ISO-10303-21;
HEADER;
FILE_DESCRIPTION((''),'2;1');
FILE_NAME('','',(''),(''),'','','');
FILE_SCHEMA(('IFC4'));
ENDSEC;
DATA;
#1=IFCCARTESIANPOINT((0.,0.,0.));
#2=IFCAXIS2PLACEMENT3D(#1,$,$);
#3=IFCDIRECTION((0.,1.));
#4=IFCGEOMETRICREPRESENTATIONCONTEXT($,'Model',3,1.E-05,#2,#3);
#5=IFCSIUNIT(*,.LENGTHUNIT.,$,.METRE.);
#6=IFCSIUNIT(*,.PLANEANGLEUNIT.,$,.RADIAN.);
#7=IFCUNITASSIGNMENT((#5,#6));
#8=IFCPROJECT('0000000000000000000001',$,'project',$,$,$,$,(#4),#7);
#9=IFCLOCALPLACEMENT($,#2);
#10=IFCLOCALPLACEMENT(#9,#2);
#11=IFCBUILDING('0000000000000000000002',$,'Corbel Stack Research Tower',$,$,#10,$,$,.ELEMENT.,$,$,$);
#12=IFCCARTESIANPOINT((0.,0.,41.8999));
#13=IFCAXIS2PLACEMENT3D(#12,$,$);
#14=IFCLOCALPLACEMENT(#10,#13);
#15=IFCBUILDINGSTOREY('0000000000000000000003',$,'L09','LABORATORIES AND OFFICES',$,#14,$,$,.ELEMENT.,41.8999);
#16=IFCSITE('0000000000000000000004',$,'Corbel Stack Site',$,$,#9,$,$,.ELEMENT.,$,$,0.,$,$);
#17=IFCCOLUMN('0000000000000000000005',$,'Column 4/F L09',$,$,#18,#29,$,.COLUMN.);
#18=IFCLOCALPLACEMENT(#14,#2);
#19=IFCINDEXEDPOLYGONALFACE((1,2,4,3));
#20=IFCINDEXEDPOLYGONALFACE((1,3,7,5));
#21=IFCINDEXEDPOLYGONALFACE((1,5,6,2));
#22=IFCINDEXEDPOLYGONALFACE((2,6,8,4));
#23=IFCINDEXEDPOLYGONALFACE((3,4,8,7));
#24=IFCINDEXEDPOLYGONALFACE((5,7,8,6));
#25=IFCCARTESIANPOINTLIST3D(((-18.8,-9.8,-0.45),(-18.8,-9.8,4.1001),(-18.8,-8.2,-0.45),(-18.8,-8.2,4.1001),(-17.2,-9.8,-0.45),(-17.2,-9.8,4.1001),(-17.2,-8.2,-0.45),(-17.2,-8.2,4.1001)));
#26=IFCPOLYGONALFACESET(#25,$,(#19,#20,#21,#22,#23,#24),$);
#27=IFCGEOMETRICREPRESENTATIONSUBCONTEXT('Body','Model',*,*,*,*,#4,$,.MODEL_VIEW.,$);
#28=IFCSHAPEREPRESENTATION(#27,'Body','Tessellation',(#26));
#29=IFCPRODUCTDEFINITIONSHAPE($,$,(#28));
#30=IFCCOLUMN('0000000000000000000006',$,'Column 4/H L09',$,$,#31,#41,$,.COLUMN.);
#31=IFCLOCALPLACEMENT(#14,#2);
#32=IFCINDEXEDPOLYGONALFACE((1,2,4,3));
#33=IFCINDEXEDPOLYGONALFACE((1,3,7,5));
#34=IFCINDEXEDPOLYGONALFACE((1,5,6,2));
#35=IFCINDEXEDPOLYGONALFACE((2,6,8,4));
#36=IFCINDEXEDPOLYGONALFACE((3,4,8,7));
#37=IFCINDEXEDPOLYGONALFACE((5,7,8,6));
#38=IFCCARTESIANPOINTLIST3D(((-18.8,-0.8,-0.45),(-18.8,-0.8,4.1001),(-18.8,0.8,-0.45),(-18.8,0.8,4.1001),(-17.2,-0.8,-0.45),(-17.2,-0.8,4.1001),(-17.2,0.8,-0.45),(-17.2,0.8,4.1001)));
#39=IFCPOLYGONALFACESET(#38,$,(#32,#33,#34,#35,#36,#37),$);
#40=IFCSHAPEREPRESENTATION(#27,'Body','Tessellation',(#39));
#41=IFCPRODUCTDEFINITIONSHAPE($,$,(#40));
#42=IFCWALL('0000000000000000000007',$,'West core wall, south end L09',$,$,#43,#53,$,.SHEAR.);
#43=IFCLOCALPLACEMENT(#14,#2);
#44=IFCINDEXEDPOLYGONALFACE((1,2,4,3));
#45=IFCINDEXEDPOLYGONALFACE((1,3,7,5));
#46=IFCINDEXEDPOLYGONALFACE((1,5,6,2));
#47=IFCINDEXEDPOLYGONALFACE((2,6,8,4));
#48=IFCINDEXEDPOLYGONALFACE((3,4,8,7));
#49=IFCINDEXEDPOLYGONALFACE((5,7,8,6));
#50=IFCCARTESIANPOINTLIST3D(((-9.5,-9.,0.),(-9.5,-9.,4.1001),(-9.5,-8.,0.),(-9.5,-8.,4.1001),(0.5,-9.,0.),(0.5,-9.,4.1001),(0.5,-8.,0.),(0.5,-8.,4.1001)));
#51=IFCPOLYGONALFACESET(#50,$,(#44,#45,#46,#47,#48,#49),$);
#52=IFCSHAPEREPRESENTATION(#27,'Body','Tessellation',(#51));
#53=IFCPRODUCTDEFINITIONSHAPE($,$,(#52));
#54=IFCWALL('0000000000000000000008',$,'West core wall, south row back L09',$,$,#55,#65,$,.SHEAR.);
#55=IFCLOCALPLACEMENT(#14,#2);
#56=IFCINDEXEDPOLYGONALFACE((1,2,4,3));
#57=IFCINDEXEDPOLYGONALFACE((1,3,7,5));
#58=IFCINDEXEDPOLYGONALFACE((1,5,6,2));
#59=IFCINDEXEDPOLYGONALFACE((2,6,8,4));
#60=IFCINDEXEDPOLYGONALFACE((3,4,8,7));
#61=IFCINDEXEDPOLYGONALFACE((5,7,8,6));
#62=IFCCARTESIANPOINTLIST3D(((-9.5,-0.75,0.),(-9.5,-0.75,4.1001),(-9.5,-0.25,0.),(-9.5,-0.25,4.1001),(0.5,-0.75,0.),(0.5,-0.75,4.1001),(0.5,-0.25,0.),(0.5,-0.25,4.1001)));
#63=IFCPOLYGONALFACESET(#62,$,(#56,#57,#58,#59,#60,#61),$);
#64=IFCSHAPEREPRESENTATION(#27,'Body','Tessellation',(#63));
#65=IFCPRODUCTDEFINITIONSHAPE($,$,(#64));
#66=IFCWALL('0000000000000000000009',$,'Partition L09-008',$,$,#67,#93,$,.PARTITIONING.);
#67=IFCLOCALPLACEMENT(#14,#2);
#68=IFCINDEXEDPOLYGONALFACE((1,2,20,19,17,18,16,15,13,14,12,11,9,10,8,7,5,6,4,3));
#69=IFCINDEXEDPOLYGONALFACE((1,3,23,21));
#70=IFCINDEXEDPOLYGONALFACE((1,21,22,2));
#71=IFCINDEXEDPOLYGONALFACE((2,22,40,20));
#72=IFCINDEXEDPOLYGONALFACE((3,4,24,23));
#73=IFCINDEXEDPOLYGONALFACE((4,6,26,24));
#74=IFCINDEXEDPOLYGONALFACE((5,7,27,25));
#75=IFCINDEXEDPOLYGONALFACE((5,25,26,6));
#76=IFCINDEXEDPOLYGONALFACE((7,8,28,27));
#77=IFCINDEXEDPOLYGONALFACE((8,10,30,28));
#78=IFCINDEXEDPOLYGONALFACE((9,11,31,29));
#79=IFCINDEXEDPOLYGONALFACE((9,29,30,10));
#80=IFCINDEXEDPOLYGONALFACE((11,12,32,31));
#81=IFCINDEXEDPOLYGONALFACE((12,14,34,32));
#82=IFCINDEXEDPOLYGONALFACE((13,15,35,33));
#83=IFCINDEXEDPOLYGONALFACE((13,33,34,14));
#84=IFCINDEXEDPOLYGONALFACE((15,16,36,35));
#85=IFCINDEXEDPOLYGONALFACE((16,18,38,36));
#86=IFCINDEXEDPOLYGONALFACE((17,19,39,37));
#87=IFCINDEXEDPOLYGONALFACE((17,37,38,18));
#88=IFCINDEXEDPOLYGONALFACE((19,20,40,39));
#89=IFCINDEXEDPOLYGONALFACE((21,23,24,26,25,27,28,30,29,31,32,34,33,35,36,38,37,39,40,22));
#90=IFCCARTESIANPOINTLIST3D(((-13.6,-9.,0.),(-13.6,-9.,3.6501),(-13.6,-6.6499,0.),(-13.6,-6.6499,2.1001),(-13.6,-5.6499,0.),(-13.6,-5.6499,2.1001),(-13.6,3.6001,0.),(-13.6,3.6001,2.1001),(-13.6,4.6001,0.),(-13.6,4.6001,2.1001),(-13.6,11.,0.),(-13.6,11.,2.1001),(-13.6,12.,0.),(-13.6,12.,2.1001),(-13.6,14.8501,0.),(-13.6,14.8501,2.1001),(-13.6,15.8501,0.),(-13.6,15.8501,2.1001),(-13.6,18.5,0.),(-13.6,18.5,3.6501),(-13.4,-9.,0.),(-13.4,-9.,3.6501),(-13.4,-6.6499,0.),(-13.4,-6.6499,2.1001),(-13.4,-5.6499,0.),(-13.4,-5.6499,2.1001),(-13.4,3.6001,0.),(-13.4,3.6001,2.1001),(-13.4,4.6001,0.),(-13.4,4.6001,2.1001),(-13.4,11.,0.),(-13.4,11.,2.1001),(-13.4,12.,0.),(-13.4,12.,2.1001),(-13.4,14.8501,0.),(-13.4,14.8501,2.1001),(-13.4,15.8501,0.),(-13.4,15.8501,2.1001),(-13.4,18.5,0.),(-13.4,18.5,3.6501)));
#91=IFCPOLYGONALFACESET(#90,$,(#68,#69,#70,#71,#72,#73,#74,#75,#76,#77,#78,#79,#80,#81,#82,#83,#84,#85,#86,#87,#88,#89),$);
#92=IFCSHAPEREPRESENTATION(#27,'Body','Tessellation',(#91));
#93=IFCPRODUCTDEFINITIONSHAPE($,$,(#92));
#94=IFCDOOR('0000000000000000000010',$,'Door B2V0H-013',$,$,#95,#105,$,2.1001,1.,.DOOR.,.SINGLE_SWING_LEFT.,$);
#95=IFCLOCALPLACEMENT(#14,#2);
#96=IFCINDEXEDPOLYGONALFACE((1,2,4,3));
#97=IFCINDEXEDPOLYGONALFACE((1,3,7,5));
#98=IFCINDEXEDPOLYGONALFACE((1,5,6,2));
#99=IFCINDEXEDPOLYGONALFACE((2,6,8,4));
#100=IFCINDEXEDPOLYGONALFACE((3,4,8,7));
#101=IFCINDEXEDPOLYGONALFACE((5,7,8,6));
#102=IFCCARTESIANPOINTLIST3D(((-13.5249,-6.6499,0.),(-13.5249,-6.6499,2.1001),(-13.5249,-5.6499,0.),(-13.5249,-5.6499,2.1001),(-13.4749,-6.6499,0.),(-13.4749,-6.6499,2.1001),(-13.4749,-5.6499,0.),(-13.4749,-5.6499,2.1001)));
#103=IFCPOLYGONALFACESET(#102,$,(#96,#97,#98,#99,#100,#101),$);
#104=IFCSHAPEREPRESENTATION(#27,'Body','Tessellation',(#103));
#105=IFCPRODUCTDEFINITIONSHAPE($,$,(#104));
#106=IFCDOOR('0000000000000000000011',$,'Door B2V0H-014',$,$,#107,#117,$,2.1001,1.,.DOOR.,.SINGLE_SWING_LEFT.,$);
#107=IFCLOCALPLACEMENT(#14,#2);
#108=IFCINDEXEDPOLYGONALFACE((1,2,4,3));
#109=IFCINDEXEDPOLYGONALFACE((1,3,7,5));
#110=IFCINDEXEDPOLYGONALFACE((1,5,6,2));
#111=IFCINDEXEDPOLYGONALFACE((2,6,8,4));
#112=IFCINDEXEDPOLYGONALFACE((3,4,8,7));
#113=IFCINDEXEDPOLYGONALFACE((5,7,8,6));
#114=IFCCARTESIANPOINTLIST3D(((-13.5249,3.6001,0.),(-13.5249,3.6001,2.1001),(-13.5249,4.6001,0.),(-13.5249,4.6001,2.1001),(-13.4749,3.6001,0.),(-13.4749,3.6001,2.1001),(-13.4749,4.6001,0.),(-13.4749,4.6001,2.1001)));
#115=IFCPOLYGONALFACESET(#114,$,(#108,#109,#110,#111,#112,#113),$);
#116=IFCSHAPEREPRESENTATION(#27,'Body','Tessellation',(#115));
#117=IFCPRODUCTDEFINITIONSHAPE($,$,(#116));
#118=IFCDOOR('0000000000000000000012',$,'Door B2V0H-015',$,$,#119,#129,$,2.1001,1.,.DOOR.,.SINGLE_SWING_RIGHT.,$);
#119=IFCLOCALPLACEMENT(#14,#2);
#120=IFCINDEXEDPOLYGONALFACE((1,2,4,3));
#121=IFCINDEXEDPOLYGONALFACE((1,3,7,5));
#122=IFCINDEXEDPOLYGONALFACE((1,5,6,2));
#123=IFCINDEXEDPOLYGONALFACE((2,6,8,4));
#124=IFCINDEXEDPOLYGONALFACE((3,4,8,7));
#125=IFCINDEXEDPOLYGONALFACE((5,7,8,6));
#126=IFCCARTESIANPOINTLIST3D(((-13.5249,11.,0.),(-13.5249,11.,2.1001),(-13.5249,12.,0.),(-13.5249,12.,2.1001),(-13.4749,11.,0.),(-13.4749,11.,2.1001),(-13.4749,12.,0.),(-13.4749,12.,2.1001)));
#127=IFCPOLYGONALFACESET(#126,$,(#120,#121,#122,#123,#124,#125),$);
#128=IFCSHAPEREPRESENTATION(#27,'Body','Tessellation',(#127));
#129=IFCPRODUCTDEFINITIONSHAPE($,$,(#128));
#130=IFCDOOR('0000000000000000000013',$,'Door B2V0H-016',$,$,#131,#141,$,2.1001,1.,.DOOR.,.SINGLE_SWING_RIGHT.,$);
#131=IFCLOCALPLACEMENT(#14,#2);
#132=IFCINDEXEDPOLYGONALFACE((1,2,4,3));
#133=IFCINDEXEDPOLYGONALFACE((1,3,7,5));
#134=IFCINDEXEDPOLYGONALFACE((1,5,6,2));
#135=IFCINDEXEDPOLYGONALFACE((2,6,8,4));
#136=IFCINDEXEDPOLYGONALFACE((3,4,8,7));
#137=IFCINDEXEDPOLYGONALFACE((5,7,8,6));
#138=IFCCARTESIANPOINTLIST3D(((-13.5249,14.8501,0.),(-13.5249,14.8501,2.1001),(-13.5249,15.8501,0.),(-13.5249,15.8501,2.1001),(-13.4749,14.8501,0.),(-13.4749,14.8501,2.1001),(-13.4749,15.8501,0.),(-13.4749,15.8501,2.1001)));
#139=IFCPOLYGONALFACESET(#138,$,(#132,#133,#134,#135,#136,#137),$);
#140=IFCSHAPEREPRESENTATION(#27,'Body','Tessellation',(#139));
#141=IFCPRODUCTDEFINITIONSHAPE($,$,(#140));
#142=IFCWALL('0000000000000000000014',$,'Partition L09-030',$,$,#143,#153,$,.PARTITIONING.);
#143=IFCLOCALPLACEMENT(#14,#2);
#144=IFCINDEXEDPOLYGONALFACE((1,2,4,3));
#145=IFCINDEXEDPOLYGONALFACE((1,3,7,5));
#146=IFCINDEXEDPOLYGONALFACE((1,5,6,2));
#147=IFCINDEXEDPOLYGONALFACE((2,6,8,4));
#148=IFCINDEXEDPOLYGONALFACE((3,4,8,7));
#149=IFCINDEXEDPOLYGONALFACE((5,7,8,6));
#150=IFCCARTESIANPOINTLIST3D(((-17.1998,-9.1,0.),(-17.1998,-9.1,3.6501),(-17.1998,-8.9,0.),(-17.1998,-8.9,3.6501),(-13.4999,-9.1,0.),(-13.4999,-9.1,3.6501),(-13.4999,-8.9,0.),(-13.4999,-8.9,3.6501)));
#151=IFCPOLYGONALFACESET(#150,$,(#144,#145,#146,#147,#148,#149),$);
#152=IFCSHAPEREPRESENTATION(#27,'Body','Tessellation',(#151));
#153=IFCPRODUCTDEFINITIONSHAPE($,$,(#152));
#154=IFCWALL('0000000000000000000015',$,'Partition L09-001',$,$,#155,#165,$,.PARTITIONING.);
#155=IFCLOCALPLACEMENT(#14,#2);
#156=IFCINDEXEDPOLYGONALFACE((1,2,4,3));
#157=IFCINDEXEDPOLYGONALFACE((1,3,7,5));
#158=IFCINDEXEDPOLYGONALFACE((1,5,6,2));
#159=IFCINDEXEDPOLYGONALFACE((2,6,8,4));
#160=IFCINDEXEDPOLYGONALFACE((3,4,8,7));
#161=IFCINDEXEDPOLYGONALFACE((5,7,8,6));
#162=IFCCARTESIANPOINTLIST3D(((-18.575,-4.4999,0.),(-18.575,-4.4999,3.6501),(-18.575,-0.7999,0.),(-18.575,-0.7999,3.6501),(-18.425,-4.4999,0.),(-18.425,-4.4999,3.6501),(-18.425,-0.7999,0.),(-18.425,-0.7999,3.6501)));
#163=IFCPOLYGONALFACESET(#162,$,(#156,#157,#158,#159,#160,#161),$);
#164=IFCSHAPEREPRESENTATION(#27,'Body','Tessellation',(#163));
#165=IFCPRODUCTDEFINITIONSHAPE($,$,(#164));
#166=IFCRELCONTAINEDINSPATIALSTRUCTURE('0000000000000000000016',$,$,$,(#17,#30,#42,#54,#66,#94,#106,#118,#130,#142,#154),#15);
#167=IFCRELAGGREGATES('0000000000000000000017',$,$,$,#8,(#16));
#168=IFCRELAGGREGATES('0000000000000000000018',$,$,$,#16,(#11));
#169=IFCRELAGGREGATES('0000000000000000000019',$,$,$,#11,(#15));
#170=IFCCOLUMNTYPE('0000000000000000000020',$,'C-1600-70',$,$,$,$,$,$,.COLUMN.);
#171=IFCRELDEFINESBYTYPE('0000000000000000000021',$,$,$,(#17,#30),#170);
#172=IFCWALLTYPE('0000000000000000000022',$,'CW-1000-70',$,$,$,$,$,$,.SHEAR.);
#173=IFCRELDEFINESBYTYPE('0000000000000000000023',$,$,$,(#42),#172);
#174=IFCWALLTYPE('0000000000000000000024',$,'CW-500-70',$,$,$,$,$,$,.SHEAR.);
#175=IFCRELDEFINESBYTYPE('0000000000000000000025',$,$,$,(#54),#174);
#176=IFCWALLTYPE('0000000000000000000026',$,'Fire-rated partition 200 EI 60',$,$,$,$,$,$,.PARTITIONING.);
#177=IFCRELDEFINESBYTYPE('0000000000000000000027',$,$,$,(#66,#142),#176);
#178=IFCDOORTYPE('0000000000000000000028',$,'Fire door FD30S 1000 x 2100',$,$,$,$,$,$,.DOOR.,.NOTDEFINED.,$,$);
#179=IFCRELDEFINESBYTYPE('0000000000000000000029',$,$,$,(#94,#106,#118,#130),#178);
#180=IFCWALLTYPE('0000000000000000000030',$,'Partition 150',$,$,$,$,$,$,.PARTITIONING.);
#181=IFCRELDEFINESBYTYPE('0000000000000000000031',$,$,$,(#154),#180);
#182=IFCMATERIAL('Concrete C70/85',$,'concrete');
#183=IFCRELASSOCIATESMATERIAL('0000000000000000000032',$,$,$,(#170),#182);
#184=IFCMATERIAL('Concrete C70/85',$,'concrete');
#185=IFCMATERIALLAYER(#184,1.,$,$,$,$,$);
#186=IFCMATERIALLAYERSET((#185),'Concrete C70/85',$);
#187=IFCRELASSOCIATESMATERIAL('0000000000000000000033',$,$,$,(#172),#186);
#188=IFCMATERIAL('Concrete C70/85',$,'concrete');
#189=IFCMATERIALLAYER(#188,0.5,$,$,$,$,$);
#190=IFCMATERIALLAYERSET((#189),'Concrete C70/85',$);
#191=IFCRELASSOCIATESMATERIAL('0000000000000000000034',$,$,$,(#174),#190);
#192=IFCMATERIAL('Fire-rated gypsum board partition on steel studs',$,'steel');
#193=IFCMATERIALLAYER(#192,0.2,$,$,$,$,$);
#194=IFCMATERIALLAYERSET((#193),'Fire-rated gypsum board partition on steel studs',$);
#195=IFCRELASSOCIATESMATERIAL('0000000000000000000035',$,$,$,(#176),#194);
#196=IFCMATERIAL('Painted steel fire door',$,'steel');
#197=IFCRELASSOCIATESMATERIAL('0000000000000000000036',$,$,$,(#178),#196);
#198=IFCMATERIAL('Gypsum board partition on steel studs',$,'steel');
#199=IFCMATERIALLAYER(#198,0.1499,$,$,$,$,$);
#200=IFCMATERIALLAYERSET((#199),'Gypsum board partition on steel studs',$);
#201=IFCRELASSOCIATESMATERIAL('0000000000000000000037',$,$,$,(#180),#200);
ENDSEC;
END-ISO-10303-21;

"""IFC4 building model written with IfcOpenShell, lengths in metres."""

from ifc_helpers import new_model, si_unit, direction, frame, frame_2d, origin, origin_2d, place, context, subcontext, project, spatial, rectangle, extrude, material, layer, layer_set, material_profile, profile_set, type_object, element, fill, save


model = new_model("IFC4")

# Units and contexts
model_context = context("Model", 3, precision=1e-05, world=origin(), true_north=direction((0.0, 1.0)))
body_context = subcontext(model_context, "Body", "Model", "MODEL_VIEW")
ifc_project = project(units=[si_unit("LENGTHUNIT", "METRE"), si_unit("PLANEANGLEUNIT", "RADIAN")], contexts=[model_context])

# Site, building, storey
site_placement = place(None, origin())
site = spatial("IfcSite", under=ifc_project, at=site_placement, Name="Corbel Stack Site", CompositionType="ELEMENT", RefElevation=0.0)
building_placement = place(site_placement, origin())
building = spatial("IfcBuilding", under=site, at=building_placement, Name="Corbel Stack Research Tower", CompositionType="ELEMENT")
storey_placement = place(building_placement, frame((0.0, 0.0, 41.8999)))
storey = spatial("IfcBuildingStorey", under=building, at=storey_placement, Name="L09", Description="LABORATORIES AND OFFICES", CompositionType="ELEMENT", Elevation=41.8999)

# Columns
ifc_material_1 = material(Name="Concrete C70/85", Category="concrete")
ifc_material_profile = material_profile(ifc_material_1, rectangle(XDim=1.6001, YDim=1.6001, at=origin_2d()), Name="RC 1600 x 1600")
ifc_profile_set = profile_set([ifc_material_profile], Name="Concrete C70/85")
column_type = type_object("IfcColumnType", Name="C-1600-70", PredefinedType="COLUMN", material=ifc_profile_set)
for number, where, z_axis, x_axis, name in (
    (1, (-18.0, -9.0, -0.45), (0.0, 0.0, 1.0), (1.0, 0.0, 0.0), "Column 4/F L09"),
    (2, (-18.0, 0.0, -0.45), (0.0, 0.0, 1.0), (1.0, 0.0, 0.0), "Column 4/H L09"),
):
    element("IfcColumn", number, at=place(storey_placement, frame(where, z_axis=z_axis, x_axis=x_axis)), inside=storey, type_object=column_type, Name=name, PredefinedType="COLUMN", context=body_context, shape_type="SweptSolid", body=[
        extrude(rectangle(XDim=1.6001, YDim=1.6001, at=origin_2d()), origin(), (0.0, 0.0, 1.0), 4.55),
    ])

# Shared definitions
ifc_material_2 = material(Name="Concrete C70/85", Category="concrete")
ifc_layer_1 = layer(ifc_material_2, 1.0)
ifc_layer_set_1 = layer_set([ifc_layer_1], Name="Concrete C70/85")
wall_type_1 = type_object("IfcWallType", Name="CW-1000-70", PredefinedType="SHEAR", material=ifc_layer_set_1)

# Walls
wall_1_placement = place(storey_placement, frame((-9.5, -8.5, 0.0), z_axis=(0.0, 0.0, 1.0), x_axis=(1.0, 0.0, 0.0)))
element("IfcWall", 3, at=wall_1_placement, inside=storey, type_object=wall_type_1, Name="West core wall, south end L09", PredefinedType="SHEAR", context=body_context, shape_type="SweptSolid", body=[
    extrude(rectangle(XDim=10.0, YDim=1.0, at=frame_2d((5.0, 0.0))), origin(), (0.0, 0.0, 1.0), 4.1001),
])
ifc_material_3 = material(Name="Concrete C70/85", Category="concrete")
ifc_layer_2 = layer(ifc_material_3, 0.5)
ifc_layer_set_2 = layer_set([ifc_layer_2], Name="Concrete C70/85")
wall_type_2 = type_object("IfcWallType", Name="CW-500-70", PredefinedType="SHEAR", material=ifc_layer_set_2)
wall_2_placement = place(storey_placement, frame((-9.5, -0.5, 0.0), z_axis=(0.0, 0.0, 1.0), x_axis=(1.0, 0.0, 0.0)))
element("IfcWall", 4, at=wall_2_placement, inside=storey, type_object=wall_type_2, Name="West core wall, south row back L09", PredefinedType="SHEAR", context=body_context, shape_type="SweptSolid", body=[
    extrude(rectangle(XDim=10.0, YDim=0.5, at=frame_2d((5.0, 0.0))), origin(), (0.0, 0.0, 1.0), 4.1001),
])

# Wall, openings, doors
ifc_material_4 = material(Name="Fire-rated gypsum board partition on steel studs", Category="steel")
ifc_layer_3 = layer(ifc_material_4, 0.2)
ifc_layer_set_3 = layer_set([ifc_layer_3], Name="Fire-rated gypsum board partition on steel studs")
wall_type_3 = type_object("IfcWallType", Name="Fire-rated partition 200 EI 60", PredefinedType="PARTITIONING", material=ifc_layer_set_3)
wall_3_placement = place(storey_placement, frame((-13.5, -9.0, 0.0), z_axis=(0.0, 0.0, 1.0), x_axis=(0.0, 1.0, 0.0)))
wall_3 = element("IfcWall", 5, at=wall_3_placement, inside=storey, type_object=wall_type_3, Name="Partition L09-008", PredefinedType="PARTITIONING", context=body_context, shape_type="SweptSolid", body=[
    extrude(rectangle(XDim=27.5, YDim=0.2, at=frame_2d((13.75, 0.0))), origin(), (0.0, 0.0, 1.0), 3.6501),
])
opening_1_placement = place(wall_3_placement, frame((2.3501, 0.0, 0.0)))
opening_1 = element("IfcOpeningElement", 6, at=opening_1_placement, cuts=wall_3, PredefinedType="OPENING", context=body_context, shape_type="SweptSolid", body=[
    extrude(rectangle(XDim=1.0, YDim=2.1001, at=frame_2d((0.5, 1.05))), frame((0.0, 0.1099, 0.0), z_axis=(0.0, -1.0, 0.0), x_axis=(1.0, 0.0, 0.0)), (0.0, 0.0, 1.0), 0.22),
])
opening_2_placement = place(wall_3_placement, frame((12.6001, 0.0, 0.0)))
opening_2 = element("IfcOpeningElement", 7, at=opening_2_placement, cuts=wall_3, PredefinedType="OPENING", context=body_context, shape_type="SweptSolid", body=[
    extrude(rectangle(XDim=1.0, YDim=2.1001, at=frame_2d((0.5, 1.05))), frame((0.0, 0.1099, 0.0), z_axis=(0.0, -1.0, 0.0), x_axis=(1.0, 0.0, 0.0)), (0.0, 0.0, 1.0), 0.22),
])
opening_3_placement = place(wall_3_placement, frame((20.0, 0.0, 0.0)))
opening_3 = element("IfcOpeningElement", 8, at=opening_3_placement, cuts=wall_3, PredefinedType="OPENING", context=body_context, shape_type="SweptSolid", body=[
    extrude(rectangle(XDim=1.0, YDim=2.1001, at=frame_2d((0.5, 1.05))), frame((0.0, 0.1099, 0.0), z_axis=(0.0, -1.0, 0.0), x_axis=(1.0, 0.0, 0.0)), (0.0, 0.0, 1.0), 0.22),
])
opening_4_placement = place(wall_3_placement, frame((23.8501, 0.0, 0.0)))
opening_4 = element("IfcOpeningElement", 9, at=opening_4_placement, cuts=wall_3, PredefinedType="OPENING", context=body_context, shape_type="SweptSolid", body=[
    extrude(rectangle(XDim=1.0, YDim=2.1001, at=frame_2d((0.5, 1.05))), frame((0.0, 0.1099, 0.0), z_axis=(0.0, -1.0, 0.0), x_axis=(1.0, 0.0, 0.0)), (0.0, 0.0, 1.0), 0.22),
])
ifc_material_5 = material(Name="Painted steel fire door", Category="steel")
door_type_1 = type_object("IfcDoorType", Name="Fire door FD30S 1000 x 2100", OperationType="NOTDEFINED", PredefinedType="DOOR", material=ifc_material_5)
door_1_placement = place(opening_1_placement, origin())
door_1 = element("IfcDoor", 10, at=door_1_placement, inside=storey, type_object=door_type_1, Name="Door B2V0H-013", OperationType="SINGLE_SWING_LEFT", OverallHeight=2.1001, OverallWidth=1.0, PredefinedType="DOOR", context=body_context, shape_type="SweptSolid", body=[
    extrude(rectangle(XDim=1.0, YDim=2.1001, at=frame_2d((0.5, 1.05))), frame((0.0, 0.0249, 0.0), z_axis=(0.0, -1.0, 0.0), x_axis=(1.0, 0.0, 0.0)), (0.0, 0.0, 1.0), 0.05),
])
fill(opening_1, door_1)
door_2_placement = place(opening_2_placement, origin())
door_2 = element("IfcDoor", 11, at=door_2_placement, inside=storey, type_object=door_type_1, Name="Door B2V0H-014", OperationType="SINGLE_SWING_LEFT", OverallHeight=2.1001, OverallWidth=1.0, PredefinedType="DOOR", context=body_context, shape_type="SweptSolid", body=[
    extrude(rectangle(XDim=1.0, YDim=2.1001, at=frame_2d((0.5, 1.05))), frame((0.0, 0.0249, 0.0), z_axis=(0.0, -1.0, 0.0), x_axis=(1.0, 0.0, 0.0)), (0.0, 0.0, 1.0), 0.05),
])
fill(opening_2, door_2)
door_3_placement = place(opening_3_placement, origin())
door_3 = element("IfcDoor", 12, at=door_3_placement, inside=storey, type_object=door_type_1, Name="Door B2V0H-015", OperationType="SINGLE_SWING_RIGHT", OverallHeight=2.1001, OverallWidth=1.0, PredefinedType="DOOR", context=body_context, shape_type="SweptSolid", body=[
    extrude(rectangle(XDim=1.0, YDim=2.1001, at=frame_2d((0.5, 1.05))), frame((0.0, 0.0249, 0.0), z_axis=(0.0, -1.0, 0.0), x_axis=(1.0, 0.0, 0.0)), (0.0, 0.0, 1.0), 0.05),
])
fill(opening_3, door_3)
door_4_placement = place(opening_4_placement, origin())
door_4 = element("IfcDoor", 13, at=door_4_placement, inside=storey, type_object=door_type_1, Name="Door B2V0H-016", OperationType="SINGLE_SWING_RIGHT", OverallHeight=2.1001, OverallWidth=1.0, PredefinedType="DOOR", context=body_context, shape_type="SweptSolid", body=[
    extrude(rectangle(XDim=1.0, YDim=2.1001, at=frame_2d((0.5, 1.05))), frame((0.0, 0.0249, 0.0), z_axis=(0.0, -1.0, 0.0), x_axis=(1.0, 0.0, 0.0)), (0.0, 0.0, 1.0), 0.05),
])
fill(opening_4, door_4)

# Walls
wall_4_placement = place(storey_placement, frame((-17.2, -9.0, 0.0), z_axis=(0.0, 0.0, 1.0), x_axis=(1.0, 0.0, 0.0)))
element("IfcWall", 14, at=wall_4_placement, inside=storey, type_object=wall_type_3, Name="Partition L09-030", PredefinedType="PARTITIONING", context=body_context, shape_type="SweptSolid", body=[
    extrude(rectangle(XDim=3.7, YDim=0.2, at=frame_2d((1.8501, 0.0))), origin(), (0.0, 0.0, 1.0), 3.6501),
])
ifc_material_6 = material(Name="Gypsum board partition on steel studs", Category="steel")
ifc_layer_4 = layer(ifc_material_6, 0.1499)
ifc_layer_set_4 = layer_set([ifc_layer_4], Name="Gypsum board partition on steel studs")
wall_type_4 = type_object("IfcWallType", Name="Partition 150", PredefinedType="PARTITIONING", material=ifc_layer_set_4)
wall_5_placement = place(storey_placement, frame((-18.5, -4.5, 0.0), z_axis=(0.0, 0.0, 1.0), x_axis=(0.0, 1.0, 0.0)))
element("IfcWall", 15, at=wall_5_placement, inside=storey, type_object=wall_type_4, Name="Partition L09-001", PredefinedType="PARTITIONING", context=body_context, shape_type="SweptSolid", body=[
    extrude(rectangle(XDim=3.7, YDim=0.1499, at=frame_2d((1.8501, 0.0))), origin(), (0.0, 0.0, 1.0), 3.6501),
])

save(model, "model.ifc")
